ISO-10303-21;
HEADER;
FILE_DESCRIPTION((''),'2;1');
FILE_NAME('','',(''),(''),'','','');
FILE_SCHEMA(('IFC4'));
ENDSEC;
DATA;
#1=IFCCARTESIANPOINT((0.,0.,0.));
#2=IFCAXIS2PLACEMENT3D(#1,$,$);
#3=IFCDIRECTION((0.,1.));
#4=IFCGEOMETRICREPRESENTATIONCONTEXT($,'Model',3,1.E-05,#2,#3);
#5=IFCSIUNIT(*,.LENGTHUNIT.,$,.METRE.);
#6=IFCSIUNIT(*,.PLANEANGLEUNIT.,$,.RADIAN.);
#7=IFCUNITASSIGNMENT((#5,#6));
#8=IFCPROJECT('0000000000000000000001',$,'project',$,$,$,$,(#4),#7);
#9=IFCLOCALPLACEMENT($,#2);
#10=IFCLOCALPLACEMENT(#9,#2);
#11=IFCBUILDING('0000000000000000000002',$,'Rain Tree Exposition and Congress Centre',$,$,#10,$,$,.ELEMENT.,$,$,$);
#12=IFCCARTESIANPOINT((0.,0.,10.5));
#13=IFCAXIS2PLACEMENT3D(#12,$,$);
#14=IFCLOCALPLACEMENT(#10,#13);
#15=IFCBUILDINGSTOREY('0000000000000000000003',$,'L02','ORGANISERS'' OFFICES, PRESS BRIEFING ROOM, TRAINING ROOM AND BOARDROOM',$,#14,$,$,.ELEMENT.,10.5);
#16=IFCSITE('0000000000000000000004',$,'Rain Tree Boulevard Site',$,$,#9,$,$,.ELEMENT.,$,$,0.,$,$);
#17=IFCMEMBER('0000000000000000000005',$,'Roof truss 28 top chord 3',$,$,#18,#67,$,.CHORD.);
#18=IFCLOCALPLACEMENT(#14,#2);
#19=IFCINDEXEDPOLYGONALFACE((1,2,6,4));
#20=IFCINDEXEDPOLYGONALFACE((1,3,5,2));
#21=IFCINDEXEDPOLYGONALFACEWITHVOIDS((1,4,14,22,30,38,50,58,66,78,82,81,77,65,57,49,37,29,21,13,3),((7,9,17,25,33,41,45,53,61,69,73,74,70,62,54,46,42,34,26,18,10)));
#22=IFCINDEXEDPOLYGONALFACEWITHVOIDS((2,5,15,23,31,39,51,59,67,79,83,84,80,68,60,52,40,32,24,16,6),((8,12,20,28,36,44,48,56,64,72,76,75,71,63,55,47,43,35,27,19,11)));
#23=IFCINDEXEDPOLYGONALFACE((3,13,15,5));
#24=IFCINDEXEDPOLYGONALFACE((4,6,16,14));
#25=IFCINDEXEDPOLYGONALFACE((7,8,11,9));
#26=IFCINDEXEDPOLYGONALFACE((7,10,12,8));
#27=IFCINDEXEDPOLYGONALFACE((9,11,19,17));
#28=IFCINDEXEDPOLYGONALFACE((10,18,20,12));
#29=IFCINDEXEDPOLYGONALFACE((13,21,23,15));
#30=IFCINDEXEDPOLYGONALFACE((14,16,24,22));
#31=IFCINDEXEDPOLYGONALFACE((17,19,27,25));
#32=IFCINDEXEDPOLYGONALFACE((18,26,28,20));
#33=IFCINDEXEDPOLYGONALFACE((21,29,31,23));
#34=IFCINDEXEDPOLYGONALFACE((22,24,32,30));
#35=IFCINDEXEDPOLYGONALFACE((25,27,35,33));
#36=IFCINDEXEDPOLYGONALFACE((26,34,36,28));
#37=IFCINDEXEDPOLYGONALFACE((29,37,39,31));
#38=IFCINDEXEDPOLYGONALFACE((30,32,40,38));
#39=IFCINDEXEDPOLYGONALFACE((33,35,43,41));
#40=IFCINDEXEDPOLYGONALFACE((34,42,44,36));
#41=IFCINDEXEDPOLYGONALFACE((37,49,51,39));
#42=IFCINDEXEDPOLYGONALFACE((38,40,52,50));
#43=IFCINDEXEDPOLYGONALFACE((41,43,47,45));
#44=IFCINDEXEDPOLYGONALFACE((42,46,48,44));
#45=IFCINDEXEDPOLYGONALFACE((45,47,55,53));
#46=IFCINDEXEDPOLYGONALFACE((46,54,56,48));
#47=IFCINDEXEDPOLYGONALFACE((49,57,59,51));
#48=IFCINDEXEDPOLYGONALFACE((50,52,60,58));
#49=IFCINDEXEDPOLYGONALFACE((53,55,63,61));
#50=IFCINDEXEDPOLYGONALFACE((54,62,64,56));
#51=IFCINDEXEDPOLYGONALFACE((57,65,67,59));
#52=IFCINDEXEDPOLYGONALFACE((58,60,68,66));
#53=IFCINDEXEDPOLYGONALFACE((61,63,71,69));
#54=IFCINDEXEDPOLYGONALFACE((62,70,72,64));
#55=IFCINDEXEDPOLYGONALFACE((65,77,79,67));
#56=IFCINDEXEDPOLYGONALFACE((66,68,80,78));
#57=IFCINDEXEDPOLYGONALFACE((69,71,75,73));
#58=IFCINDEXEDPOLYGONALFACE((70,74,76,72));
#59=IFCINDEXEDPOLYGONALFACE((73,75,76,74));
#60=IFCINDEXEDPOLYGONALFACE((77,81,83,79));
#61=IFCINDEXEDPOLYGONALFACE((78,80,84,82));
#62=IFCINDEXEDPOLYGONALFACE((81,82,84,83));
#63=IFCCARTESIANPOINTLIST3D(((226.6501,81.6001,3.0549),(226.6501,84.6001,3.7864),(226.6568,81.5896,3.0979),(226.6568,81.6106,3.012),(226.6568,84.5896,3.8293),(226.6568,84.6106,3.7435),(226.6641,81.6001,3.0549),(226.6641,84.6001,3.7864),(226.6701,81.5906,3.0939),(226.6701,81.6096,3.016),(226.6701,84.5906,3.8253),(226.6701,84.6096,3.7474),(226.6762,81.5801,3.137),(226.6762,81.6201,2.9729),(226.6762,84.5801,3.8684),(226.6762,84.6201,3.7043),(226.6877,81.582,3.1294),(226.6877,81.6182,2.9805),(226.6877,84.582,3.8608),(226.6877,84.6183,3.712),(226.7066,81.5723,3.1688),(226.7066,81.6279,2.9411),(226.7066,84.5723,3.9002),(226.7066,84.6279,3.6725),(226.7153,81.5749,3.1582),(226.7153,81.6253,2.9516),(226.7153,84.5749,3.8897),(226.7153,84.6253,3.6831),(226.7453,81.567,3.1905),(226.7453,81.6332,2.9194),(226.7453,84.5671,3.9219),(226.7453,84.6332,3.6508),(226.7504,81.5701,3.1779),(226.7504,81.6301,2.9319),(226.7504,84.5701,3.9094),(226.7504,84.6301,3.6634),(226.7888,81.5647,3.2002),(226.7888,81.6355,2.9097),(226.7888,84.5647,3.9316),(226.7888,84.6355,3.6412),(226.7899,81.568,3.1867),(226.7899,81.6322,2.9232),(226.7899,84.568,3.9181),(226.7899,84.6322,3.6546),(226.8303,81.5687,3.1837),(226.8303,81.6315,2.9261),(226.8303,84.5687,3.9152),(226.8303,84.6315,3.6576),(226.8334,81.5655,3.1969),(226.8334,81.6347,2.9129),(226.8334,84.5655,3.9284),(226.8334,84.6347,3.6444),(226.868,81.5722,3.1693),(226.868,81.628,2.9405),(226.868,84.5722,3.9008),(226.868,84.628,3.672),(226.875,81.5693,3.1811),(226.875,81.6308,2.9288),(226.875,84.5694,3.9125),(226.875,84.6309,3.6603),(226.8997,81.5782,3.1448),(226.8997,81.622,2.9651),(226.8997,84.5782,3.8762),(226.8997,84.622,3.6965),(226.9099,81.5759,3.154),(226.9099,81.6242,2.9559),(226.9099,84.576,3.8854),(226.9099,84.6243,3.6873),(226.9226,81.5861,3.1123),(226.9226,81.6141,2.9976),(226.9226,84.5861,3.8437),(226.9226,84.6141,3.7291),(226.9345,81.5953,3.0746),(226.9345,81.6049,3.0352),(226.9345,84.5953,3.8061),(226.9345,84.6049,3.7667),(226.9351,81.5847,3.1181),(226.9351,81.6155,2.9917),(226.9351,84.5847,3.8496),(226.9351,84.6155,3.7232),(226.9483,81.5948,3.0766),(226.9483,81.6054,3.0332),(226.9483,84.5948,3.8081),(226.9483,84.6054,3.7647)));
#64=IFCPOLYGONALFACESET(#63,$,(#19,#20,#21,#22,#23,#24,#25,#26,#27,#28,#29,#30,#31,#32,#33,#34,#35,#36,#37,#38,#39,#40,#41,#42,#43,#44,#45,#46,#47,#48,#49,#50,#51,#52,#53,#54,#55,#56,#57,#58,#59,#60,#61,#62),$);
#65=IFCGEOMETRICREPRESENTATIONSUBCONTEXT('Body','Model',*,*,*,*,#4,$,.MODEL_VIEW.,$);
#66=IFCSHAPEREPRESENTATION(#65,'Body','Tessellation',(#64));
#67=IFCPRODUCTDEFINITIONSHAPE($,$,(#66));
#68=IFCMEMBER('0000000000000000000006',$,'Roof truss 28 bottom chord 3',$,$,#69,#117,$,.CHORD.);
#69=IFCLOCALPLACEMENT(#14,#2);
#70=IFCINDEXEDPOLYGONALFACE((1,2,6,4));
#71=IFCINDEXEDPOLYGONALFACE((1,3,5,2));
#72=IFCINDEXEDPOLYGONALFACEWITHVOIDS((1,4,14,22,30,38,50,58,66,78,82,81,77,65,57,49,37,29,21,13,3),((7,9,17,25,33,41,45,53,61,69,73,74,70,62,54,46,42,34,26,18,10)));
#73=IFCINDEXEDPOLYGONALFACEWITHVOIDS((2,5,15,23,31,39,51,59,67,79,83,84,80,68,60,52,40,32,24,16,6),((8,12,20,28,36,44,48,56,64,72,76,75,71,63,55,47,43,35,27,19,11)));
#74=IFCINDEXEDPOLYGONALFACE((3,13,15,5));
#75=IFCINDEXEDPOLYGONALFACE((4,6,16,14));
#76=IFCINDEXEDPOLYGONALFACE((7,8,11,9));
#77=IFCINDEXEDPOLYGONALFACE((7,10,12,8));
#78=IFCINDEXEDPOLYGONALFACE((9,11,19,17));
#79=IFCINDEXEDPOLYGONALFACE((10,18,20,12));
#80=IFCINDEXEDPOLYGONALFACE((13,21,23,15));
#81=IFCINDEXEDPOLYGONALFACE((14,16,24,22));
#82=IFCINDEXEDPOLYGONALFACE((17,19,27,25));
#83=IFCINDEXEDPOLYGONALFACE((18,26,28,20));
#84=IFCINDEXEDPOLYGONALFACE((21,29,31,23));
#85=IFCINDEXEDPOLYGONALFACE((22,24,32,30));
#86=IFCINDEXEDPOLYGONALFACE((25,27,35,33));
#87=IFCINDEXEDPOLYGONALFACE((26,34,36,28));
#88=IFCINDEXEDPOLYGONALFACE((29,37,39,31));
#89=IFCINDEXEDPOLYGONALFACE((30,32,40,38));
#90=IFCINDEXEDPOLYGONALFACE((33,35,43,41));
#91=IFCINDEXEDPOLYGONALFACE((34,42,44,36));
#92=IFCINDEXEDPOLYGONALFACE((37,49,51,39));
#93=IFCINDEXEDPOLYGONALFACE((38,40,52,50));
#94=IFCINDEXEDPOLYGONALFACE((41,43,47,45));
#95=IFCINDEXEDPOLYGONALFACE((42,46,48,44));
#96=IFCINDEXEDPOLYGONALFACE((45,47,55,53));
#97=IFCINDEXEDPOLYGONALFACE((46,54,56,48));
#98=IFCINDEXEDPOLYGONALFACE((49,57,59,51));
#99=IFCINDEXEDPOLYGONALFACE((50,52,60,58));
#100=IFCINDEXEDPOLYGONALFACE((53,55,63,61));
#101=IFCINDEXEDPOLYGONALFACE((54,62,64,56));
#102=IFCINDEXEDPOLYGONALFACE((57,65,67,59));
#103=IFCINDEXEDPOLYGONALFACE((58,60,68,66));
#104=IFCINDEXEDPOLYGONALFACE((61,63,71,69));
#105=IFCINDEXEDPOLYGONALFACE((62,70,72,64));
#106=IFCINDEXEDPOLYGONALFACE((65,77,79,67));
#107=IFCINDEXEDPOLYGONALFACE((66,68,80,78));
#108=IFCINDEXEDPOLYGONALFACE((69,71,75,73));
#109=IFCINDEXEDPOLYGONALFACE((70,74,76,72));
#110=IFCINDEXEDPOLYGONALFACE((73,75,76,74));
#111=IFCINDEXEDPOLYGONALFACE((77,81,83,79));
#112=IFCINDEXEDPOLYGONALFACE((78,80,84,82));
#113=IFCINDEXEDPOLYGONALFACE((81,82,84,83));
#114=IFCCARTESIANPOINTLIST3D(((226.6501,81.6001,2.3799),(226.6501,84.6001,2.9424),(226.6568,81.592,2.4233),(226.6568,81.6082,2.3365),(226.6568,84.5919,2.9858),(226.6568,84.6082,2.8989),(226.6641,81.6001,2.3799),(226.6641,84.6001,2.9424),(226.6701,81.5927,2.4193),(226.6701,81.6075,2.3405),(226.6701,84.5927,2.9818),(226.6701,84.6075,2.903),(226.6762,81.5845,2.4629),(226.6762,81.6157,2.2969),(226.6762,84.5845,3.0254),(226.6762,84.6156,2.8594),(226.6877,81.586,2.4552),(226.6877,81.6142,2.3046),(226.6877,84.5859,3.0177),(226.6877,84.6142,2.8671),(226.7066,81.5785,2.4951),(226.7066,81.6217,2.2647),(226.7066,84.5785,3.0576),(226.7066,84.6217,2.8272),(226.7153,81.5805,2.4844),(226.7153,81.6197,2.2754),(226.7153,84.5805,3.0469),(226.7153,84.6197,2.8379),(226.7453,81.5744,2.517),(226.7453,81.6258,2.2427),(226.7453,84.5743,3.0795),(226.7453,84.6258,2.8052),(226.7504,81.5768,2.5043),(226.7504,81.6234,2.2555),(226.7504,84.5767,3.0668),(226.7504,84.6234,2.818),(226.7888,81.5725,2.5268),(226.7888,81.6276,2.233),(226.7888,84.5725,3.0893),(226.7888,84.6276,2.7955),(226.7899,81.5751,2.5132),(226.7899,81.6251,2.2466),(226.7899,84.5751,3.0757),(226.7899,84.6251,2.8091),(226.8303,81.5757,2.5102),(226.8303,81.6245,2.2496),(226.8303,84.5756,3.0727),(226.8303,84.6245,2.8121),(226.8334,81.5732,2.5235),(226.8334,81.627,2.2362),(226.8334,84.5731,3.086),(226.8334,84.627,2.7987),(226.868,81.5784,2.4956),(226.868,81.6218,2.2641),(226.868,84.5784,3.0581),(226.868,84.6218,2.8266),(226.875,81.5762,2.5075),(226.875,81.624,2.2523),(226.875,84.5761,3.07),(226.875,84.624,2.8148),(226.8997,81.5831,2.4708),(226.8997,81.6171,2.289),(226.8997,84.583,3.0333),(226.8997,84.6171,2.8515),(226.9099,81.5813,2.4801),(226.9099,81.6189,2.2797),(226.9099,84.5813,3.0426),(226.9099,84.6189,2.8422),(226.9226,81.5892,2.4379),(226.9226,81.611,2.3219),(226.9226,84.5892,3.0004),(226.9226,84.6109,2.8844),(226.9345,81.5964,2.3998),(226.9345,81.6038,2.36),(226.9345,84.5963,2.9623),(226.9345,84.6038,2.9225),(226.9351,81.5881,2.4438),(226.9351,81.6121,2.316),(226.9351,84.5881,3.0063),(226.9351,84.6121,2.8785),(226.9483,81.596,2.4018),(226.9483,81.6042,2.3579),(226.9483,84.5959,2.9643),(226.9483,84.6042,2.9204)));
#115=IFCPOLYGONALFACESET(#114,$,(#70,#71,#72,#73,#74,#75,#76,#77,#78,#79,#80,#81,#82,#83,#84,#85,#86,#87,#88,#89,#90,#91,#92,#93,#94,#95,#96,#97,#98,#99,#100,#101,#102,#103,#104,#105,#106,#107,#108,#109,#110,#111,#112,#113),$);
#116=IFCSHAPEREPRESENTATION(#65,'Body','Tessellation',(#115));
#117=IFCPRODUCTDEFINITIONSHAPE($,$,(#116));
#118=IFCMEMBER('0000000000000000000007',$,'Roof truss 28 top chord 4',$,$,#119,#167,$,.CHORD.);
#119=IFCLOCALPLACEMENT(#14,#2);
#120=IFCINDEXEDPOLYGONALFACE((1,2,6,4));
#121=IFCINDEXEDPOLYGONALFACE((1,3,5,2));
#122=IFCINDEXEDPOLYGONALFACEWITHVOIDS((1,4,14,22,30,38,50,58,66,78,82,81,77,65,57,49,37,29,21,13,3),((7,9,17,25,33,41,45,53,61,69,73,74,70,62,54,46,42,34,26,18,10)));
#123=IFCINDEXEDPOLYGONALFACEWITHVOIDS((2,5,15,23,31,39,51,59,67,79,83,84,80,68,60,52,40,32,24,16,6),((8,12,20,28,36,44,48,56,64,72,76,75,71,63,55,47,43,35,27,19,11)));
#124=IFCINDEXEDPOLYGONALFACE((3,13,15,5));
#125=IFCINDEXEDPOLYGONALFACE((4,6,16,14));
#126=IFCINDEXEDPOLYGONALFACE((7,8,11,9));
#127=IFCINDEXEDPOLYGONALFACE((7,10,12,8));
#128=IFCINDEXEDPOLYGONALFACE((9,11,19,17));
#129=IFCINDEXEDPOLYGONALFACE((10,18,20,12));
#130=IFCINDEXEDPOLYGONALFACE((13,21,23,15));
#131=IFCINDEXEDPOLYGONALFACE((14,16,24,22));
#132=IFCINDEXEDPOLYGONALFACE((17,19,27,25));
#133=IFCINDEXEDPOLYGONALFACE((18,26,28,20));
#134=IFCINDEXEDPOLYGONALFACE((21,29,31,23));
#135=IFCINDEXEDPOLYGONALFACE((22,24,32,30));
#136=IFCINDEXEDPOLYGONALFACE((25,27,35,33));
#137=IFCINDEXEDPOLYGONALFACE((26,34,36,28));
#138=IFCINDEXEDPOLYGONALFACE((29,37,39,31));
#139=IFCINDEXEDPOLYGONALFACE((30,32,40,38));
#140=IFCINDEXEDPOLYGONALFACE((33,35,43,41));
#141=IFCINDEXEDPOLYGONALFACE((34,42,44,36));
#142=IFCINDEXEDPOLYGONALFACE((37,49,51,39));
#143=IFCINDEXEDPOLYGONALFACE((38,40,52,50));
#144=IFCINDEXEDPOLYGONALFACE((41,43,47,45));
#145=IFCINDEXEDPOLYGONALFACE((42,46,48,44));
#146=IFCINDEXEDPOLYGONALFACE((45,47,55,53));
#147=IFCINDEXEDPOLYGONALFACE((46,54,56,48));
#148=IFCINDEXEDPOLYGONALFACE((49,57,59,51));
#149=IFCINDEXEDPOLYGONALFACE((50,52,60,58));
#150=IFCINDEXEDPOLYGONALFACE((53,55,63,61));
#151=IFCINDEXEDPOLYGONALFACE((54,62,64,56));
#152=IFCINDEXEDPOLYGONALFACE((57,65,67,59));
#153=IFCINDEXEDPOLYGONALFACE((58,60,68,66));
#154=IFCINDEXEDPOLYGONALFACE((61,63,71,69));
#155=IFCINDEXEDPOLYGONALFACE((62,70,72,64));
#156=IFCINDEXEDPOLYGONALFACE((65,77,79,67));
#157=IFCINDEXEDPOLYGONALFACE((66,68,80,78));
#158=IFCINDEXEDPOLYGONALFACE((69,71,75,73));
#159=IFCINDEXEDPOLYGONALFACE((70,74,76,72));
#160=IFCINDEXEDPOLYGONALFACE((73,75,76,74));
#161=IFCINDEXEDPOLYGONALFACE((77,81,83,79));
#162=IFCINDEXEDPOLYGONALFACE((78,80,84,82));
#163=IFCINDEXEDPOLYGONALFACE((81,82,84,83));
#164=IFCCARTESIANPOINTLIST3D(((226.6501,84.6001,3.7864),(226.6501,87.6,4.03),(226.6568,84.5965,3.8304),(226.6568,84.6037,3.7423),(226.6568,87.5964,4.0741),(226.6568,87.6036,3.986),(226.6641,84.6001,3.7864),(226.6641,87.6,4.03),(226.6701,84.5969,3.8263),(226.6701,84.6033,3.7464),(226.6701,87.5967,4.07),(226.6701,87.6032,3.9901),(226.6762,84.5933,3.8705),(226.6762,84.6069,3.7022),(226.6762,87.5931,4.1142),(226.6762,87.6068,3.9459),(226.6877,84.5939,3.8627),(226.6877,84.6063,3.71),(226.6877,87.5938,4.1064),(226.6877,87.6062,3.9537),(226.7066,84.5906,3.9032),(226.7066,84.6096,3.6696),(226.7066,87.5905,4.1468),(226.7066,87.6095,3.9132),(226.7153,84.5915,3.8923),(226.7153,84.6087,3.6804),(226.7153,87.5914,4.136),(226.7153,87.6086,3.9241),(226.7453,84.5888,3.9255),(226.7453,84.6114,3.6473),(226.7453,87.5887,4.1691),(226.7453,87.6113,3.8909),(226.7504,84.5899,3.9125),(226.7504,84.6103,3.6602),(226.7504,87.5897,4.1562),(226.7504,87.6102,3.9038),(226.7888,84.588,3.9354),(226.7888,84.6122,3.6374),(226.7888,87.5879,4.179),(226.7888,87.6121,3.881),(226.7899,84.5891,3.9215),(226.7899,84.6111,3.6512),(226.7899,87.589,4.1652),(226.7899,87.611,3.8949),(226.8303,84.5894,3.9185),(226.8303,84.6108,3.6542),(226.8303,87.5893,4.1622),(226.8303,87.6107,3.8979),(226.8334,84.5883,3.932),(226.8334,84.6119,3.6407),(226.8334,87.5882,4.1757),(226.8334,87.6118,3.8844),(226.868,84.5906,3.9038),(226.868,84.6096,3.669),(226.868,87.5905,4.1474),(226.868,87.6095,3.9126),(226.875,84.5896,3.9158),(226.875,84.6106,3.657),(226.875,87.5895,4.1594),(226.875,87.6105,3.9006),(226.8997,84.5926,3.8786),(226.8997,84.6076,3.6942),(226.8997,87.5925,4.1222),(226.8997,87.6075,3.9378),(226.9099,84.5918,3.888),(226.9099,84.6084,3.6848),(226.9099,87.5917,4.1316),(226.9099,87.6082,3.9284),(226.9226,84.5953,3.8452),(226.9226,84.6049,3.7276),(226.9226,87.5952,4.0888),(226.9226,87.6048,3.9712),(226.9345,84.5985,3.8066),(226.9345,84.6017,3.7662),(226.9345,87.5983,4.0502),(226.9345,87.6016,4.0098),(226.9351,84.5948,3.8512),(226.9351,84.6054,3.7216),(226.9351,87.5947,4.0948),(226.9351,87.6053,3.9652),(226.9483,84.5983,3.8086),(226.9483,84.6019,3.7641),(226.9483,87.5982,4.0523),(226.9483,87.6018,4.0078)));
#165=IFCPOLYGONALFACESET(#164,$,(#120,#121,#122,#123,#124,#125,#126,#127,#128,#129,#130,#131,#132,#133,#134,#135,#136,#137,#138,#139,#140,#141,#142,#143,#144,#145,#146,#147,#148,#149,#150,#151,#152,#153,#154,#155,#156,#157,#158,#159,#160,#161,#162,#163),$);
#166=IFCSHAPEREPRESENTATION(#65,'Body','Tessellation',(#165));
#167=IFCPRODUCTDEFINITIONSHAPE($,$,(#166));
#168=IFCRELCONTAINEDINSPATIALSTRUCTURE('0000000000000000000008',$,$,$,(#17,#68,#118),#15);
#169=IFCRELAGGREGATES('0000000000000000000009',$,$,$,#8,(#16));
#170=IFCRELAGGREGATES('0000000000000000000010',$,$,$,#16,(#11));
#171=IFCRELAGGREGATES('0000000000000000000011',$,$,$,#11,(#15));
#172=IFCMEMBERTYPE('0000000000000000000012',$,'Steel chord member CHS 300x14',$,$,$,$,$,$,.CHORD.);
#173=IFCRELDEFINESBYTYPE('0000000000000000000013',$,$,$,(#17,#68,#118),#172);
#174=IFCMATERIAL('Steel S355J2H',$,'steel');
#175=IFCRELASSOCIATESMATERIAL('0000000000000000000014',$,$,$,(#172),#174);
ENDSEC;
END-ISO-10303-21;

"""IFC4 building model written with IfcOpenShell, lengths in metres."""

from ifc_helpers import new_model, si_unit, direction, frame, origin, origin_2d, place, context, subcontext, project, spatial, hollow_circle, extrude, material, material_profile, profile_set, type_object, element, save


model = new_model("IFC4")

# Units and contexts
model_context = context("Model", 3, precision=1e-05, world=origin(), true_north=direction((0.0, 1.0)))
body_context = subcontext(model_context, "Body", "Model", "MODEL_VIEW")
ifc_project = project(units=[si_unit("LENGTHUNIT", "METRE"), si_unit("PLANEANGLEUNIT", "RADIAN")], contexts=[model_context])

# Site, building, storey
site_placement = place(None, origin())
site = spatial("IfcSite", under=ifc_project, at=site_placement, Name="Rain Tree Boulevard Site", CompositionType="ELEMENT", RefElevation=0.0)
building_placement = place(site_placement, origin())
building = spatial("IfcBuilding", under=site, at=building_placement, Name="Rain Tree Exposition and Congress Centre", CompositionType="ELEMENT")
storey_placement = place(building_placement, frame((0.0, 0.0, 10.5)))
storey = spatial("IfcBuildingStorey", under=building, at=storey_placement, Name="L02", Description="ORGANISERS' OFFICES, PRESS BRIEFING ROOM, TRAINING ROOM AND BOARDROOM", CompositionType="ELEMENT", Elevation=10.5)

# Members
ifc_material_1 = material(Name="Steel S355J2H", Category="steel")
ifc_material_profile_1 = material_profile(ifc_material_1, hollow_circle(Radius=0.1499, WallThickness=0.0139, at=origin_2d()), Name="CHS 300x14")
ifc_profile_set_1 = profile_set([ifc_material_profile_1], Name="Steel S355J2H")
member_type_1 = type_object("IfcMemberType", Name="Steel chord member CHS 300x14", PredefinedType="CHORD", material=ifc_profile_set_1)
member_1_placement = place(storey_placement, frame((226.8, 81.6001, 3.0549), z_axis=(0.0, 0.97154, 0.236876), x_axis=(-1.0, 0.0, 0.0)))
element("IfcMember", 1, at=member_1_placement, inside=storey, type_object=member_type_1, Name="Roof truss 28 top chord 3", PredefinedType="CHORD", context=body_context, shape_type="SweptSolid", body=[
    extrude(hollow_circle(Radius=0.1499, WallThickness=0.0139, at=origin_2d()), origin(), (0.0, 0.0, 1.0), 3.0879),
])
member_2_placement = place(storey_placement, frame((226.8, 81.6001, 2.3799), z_axis=(0.0, 0.982872, 0.184289), x_axis=(-1.0, 0.0, 0.0)))
element("IfcMember", 2, at=member_2_placement, inside=storey, type_object=member_type_1, Name="Roof truss 28 bottom chord 3", PredefinedType="CHORD", context=body_context, shape_type="SweptSolid", body=[
    extrude(hollow_circle(Radius=0.1499, WallThickness=0.0139, at=origin_2d()), origin(), (0.0, 0.0, 1.0), 3.0522),
])
member_3_placement = place(storey_placement, frame((226.8, 84.6001, 3.7864), z_axis=(0.0, 0.996718, 0.080951), x_axis=(-1.0, 0.0, 0.0)))
element("IfcMember", 3, at=member_3_placement, inside=storey, type_object=member_type_1, Name="Roof truss 28 top chord 4", PredefinedType="CHORD", context=body_context, shape_type="SweptSolid", body=[
    extrude(hollow_circle(Radius=0.1499, WallThickness=0.0139, at=origin_2d()), origin(), (0.0, 0.0, 1.0), 3.0098),
])

save(model, "model.ifc")
